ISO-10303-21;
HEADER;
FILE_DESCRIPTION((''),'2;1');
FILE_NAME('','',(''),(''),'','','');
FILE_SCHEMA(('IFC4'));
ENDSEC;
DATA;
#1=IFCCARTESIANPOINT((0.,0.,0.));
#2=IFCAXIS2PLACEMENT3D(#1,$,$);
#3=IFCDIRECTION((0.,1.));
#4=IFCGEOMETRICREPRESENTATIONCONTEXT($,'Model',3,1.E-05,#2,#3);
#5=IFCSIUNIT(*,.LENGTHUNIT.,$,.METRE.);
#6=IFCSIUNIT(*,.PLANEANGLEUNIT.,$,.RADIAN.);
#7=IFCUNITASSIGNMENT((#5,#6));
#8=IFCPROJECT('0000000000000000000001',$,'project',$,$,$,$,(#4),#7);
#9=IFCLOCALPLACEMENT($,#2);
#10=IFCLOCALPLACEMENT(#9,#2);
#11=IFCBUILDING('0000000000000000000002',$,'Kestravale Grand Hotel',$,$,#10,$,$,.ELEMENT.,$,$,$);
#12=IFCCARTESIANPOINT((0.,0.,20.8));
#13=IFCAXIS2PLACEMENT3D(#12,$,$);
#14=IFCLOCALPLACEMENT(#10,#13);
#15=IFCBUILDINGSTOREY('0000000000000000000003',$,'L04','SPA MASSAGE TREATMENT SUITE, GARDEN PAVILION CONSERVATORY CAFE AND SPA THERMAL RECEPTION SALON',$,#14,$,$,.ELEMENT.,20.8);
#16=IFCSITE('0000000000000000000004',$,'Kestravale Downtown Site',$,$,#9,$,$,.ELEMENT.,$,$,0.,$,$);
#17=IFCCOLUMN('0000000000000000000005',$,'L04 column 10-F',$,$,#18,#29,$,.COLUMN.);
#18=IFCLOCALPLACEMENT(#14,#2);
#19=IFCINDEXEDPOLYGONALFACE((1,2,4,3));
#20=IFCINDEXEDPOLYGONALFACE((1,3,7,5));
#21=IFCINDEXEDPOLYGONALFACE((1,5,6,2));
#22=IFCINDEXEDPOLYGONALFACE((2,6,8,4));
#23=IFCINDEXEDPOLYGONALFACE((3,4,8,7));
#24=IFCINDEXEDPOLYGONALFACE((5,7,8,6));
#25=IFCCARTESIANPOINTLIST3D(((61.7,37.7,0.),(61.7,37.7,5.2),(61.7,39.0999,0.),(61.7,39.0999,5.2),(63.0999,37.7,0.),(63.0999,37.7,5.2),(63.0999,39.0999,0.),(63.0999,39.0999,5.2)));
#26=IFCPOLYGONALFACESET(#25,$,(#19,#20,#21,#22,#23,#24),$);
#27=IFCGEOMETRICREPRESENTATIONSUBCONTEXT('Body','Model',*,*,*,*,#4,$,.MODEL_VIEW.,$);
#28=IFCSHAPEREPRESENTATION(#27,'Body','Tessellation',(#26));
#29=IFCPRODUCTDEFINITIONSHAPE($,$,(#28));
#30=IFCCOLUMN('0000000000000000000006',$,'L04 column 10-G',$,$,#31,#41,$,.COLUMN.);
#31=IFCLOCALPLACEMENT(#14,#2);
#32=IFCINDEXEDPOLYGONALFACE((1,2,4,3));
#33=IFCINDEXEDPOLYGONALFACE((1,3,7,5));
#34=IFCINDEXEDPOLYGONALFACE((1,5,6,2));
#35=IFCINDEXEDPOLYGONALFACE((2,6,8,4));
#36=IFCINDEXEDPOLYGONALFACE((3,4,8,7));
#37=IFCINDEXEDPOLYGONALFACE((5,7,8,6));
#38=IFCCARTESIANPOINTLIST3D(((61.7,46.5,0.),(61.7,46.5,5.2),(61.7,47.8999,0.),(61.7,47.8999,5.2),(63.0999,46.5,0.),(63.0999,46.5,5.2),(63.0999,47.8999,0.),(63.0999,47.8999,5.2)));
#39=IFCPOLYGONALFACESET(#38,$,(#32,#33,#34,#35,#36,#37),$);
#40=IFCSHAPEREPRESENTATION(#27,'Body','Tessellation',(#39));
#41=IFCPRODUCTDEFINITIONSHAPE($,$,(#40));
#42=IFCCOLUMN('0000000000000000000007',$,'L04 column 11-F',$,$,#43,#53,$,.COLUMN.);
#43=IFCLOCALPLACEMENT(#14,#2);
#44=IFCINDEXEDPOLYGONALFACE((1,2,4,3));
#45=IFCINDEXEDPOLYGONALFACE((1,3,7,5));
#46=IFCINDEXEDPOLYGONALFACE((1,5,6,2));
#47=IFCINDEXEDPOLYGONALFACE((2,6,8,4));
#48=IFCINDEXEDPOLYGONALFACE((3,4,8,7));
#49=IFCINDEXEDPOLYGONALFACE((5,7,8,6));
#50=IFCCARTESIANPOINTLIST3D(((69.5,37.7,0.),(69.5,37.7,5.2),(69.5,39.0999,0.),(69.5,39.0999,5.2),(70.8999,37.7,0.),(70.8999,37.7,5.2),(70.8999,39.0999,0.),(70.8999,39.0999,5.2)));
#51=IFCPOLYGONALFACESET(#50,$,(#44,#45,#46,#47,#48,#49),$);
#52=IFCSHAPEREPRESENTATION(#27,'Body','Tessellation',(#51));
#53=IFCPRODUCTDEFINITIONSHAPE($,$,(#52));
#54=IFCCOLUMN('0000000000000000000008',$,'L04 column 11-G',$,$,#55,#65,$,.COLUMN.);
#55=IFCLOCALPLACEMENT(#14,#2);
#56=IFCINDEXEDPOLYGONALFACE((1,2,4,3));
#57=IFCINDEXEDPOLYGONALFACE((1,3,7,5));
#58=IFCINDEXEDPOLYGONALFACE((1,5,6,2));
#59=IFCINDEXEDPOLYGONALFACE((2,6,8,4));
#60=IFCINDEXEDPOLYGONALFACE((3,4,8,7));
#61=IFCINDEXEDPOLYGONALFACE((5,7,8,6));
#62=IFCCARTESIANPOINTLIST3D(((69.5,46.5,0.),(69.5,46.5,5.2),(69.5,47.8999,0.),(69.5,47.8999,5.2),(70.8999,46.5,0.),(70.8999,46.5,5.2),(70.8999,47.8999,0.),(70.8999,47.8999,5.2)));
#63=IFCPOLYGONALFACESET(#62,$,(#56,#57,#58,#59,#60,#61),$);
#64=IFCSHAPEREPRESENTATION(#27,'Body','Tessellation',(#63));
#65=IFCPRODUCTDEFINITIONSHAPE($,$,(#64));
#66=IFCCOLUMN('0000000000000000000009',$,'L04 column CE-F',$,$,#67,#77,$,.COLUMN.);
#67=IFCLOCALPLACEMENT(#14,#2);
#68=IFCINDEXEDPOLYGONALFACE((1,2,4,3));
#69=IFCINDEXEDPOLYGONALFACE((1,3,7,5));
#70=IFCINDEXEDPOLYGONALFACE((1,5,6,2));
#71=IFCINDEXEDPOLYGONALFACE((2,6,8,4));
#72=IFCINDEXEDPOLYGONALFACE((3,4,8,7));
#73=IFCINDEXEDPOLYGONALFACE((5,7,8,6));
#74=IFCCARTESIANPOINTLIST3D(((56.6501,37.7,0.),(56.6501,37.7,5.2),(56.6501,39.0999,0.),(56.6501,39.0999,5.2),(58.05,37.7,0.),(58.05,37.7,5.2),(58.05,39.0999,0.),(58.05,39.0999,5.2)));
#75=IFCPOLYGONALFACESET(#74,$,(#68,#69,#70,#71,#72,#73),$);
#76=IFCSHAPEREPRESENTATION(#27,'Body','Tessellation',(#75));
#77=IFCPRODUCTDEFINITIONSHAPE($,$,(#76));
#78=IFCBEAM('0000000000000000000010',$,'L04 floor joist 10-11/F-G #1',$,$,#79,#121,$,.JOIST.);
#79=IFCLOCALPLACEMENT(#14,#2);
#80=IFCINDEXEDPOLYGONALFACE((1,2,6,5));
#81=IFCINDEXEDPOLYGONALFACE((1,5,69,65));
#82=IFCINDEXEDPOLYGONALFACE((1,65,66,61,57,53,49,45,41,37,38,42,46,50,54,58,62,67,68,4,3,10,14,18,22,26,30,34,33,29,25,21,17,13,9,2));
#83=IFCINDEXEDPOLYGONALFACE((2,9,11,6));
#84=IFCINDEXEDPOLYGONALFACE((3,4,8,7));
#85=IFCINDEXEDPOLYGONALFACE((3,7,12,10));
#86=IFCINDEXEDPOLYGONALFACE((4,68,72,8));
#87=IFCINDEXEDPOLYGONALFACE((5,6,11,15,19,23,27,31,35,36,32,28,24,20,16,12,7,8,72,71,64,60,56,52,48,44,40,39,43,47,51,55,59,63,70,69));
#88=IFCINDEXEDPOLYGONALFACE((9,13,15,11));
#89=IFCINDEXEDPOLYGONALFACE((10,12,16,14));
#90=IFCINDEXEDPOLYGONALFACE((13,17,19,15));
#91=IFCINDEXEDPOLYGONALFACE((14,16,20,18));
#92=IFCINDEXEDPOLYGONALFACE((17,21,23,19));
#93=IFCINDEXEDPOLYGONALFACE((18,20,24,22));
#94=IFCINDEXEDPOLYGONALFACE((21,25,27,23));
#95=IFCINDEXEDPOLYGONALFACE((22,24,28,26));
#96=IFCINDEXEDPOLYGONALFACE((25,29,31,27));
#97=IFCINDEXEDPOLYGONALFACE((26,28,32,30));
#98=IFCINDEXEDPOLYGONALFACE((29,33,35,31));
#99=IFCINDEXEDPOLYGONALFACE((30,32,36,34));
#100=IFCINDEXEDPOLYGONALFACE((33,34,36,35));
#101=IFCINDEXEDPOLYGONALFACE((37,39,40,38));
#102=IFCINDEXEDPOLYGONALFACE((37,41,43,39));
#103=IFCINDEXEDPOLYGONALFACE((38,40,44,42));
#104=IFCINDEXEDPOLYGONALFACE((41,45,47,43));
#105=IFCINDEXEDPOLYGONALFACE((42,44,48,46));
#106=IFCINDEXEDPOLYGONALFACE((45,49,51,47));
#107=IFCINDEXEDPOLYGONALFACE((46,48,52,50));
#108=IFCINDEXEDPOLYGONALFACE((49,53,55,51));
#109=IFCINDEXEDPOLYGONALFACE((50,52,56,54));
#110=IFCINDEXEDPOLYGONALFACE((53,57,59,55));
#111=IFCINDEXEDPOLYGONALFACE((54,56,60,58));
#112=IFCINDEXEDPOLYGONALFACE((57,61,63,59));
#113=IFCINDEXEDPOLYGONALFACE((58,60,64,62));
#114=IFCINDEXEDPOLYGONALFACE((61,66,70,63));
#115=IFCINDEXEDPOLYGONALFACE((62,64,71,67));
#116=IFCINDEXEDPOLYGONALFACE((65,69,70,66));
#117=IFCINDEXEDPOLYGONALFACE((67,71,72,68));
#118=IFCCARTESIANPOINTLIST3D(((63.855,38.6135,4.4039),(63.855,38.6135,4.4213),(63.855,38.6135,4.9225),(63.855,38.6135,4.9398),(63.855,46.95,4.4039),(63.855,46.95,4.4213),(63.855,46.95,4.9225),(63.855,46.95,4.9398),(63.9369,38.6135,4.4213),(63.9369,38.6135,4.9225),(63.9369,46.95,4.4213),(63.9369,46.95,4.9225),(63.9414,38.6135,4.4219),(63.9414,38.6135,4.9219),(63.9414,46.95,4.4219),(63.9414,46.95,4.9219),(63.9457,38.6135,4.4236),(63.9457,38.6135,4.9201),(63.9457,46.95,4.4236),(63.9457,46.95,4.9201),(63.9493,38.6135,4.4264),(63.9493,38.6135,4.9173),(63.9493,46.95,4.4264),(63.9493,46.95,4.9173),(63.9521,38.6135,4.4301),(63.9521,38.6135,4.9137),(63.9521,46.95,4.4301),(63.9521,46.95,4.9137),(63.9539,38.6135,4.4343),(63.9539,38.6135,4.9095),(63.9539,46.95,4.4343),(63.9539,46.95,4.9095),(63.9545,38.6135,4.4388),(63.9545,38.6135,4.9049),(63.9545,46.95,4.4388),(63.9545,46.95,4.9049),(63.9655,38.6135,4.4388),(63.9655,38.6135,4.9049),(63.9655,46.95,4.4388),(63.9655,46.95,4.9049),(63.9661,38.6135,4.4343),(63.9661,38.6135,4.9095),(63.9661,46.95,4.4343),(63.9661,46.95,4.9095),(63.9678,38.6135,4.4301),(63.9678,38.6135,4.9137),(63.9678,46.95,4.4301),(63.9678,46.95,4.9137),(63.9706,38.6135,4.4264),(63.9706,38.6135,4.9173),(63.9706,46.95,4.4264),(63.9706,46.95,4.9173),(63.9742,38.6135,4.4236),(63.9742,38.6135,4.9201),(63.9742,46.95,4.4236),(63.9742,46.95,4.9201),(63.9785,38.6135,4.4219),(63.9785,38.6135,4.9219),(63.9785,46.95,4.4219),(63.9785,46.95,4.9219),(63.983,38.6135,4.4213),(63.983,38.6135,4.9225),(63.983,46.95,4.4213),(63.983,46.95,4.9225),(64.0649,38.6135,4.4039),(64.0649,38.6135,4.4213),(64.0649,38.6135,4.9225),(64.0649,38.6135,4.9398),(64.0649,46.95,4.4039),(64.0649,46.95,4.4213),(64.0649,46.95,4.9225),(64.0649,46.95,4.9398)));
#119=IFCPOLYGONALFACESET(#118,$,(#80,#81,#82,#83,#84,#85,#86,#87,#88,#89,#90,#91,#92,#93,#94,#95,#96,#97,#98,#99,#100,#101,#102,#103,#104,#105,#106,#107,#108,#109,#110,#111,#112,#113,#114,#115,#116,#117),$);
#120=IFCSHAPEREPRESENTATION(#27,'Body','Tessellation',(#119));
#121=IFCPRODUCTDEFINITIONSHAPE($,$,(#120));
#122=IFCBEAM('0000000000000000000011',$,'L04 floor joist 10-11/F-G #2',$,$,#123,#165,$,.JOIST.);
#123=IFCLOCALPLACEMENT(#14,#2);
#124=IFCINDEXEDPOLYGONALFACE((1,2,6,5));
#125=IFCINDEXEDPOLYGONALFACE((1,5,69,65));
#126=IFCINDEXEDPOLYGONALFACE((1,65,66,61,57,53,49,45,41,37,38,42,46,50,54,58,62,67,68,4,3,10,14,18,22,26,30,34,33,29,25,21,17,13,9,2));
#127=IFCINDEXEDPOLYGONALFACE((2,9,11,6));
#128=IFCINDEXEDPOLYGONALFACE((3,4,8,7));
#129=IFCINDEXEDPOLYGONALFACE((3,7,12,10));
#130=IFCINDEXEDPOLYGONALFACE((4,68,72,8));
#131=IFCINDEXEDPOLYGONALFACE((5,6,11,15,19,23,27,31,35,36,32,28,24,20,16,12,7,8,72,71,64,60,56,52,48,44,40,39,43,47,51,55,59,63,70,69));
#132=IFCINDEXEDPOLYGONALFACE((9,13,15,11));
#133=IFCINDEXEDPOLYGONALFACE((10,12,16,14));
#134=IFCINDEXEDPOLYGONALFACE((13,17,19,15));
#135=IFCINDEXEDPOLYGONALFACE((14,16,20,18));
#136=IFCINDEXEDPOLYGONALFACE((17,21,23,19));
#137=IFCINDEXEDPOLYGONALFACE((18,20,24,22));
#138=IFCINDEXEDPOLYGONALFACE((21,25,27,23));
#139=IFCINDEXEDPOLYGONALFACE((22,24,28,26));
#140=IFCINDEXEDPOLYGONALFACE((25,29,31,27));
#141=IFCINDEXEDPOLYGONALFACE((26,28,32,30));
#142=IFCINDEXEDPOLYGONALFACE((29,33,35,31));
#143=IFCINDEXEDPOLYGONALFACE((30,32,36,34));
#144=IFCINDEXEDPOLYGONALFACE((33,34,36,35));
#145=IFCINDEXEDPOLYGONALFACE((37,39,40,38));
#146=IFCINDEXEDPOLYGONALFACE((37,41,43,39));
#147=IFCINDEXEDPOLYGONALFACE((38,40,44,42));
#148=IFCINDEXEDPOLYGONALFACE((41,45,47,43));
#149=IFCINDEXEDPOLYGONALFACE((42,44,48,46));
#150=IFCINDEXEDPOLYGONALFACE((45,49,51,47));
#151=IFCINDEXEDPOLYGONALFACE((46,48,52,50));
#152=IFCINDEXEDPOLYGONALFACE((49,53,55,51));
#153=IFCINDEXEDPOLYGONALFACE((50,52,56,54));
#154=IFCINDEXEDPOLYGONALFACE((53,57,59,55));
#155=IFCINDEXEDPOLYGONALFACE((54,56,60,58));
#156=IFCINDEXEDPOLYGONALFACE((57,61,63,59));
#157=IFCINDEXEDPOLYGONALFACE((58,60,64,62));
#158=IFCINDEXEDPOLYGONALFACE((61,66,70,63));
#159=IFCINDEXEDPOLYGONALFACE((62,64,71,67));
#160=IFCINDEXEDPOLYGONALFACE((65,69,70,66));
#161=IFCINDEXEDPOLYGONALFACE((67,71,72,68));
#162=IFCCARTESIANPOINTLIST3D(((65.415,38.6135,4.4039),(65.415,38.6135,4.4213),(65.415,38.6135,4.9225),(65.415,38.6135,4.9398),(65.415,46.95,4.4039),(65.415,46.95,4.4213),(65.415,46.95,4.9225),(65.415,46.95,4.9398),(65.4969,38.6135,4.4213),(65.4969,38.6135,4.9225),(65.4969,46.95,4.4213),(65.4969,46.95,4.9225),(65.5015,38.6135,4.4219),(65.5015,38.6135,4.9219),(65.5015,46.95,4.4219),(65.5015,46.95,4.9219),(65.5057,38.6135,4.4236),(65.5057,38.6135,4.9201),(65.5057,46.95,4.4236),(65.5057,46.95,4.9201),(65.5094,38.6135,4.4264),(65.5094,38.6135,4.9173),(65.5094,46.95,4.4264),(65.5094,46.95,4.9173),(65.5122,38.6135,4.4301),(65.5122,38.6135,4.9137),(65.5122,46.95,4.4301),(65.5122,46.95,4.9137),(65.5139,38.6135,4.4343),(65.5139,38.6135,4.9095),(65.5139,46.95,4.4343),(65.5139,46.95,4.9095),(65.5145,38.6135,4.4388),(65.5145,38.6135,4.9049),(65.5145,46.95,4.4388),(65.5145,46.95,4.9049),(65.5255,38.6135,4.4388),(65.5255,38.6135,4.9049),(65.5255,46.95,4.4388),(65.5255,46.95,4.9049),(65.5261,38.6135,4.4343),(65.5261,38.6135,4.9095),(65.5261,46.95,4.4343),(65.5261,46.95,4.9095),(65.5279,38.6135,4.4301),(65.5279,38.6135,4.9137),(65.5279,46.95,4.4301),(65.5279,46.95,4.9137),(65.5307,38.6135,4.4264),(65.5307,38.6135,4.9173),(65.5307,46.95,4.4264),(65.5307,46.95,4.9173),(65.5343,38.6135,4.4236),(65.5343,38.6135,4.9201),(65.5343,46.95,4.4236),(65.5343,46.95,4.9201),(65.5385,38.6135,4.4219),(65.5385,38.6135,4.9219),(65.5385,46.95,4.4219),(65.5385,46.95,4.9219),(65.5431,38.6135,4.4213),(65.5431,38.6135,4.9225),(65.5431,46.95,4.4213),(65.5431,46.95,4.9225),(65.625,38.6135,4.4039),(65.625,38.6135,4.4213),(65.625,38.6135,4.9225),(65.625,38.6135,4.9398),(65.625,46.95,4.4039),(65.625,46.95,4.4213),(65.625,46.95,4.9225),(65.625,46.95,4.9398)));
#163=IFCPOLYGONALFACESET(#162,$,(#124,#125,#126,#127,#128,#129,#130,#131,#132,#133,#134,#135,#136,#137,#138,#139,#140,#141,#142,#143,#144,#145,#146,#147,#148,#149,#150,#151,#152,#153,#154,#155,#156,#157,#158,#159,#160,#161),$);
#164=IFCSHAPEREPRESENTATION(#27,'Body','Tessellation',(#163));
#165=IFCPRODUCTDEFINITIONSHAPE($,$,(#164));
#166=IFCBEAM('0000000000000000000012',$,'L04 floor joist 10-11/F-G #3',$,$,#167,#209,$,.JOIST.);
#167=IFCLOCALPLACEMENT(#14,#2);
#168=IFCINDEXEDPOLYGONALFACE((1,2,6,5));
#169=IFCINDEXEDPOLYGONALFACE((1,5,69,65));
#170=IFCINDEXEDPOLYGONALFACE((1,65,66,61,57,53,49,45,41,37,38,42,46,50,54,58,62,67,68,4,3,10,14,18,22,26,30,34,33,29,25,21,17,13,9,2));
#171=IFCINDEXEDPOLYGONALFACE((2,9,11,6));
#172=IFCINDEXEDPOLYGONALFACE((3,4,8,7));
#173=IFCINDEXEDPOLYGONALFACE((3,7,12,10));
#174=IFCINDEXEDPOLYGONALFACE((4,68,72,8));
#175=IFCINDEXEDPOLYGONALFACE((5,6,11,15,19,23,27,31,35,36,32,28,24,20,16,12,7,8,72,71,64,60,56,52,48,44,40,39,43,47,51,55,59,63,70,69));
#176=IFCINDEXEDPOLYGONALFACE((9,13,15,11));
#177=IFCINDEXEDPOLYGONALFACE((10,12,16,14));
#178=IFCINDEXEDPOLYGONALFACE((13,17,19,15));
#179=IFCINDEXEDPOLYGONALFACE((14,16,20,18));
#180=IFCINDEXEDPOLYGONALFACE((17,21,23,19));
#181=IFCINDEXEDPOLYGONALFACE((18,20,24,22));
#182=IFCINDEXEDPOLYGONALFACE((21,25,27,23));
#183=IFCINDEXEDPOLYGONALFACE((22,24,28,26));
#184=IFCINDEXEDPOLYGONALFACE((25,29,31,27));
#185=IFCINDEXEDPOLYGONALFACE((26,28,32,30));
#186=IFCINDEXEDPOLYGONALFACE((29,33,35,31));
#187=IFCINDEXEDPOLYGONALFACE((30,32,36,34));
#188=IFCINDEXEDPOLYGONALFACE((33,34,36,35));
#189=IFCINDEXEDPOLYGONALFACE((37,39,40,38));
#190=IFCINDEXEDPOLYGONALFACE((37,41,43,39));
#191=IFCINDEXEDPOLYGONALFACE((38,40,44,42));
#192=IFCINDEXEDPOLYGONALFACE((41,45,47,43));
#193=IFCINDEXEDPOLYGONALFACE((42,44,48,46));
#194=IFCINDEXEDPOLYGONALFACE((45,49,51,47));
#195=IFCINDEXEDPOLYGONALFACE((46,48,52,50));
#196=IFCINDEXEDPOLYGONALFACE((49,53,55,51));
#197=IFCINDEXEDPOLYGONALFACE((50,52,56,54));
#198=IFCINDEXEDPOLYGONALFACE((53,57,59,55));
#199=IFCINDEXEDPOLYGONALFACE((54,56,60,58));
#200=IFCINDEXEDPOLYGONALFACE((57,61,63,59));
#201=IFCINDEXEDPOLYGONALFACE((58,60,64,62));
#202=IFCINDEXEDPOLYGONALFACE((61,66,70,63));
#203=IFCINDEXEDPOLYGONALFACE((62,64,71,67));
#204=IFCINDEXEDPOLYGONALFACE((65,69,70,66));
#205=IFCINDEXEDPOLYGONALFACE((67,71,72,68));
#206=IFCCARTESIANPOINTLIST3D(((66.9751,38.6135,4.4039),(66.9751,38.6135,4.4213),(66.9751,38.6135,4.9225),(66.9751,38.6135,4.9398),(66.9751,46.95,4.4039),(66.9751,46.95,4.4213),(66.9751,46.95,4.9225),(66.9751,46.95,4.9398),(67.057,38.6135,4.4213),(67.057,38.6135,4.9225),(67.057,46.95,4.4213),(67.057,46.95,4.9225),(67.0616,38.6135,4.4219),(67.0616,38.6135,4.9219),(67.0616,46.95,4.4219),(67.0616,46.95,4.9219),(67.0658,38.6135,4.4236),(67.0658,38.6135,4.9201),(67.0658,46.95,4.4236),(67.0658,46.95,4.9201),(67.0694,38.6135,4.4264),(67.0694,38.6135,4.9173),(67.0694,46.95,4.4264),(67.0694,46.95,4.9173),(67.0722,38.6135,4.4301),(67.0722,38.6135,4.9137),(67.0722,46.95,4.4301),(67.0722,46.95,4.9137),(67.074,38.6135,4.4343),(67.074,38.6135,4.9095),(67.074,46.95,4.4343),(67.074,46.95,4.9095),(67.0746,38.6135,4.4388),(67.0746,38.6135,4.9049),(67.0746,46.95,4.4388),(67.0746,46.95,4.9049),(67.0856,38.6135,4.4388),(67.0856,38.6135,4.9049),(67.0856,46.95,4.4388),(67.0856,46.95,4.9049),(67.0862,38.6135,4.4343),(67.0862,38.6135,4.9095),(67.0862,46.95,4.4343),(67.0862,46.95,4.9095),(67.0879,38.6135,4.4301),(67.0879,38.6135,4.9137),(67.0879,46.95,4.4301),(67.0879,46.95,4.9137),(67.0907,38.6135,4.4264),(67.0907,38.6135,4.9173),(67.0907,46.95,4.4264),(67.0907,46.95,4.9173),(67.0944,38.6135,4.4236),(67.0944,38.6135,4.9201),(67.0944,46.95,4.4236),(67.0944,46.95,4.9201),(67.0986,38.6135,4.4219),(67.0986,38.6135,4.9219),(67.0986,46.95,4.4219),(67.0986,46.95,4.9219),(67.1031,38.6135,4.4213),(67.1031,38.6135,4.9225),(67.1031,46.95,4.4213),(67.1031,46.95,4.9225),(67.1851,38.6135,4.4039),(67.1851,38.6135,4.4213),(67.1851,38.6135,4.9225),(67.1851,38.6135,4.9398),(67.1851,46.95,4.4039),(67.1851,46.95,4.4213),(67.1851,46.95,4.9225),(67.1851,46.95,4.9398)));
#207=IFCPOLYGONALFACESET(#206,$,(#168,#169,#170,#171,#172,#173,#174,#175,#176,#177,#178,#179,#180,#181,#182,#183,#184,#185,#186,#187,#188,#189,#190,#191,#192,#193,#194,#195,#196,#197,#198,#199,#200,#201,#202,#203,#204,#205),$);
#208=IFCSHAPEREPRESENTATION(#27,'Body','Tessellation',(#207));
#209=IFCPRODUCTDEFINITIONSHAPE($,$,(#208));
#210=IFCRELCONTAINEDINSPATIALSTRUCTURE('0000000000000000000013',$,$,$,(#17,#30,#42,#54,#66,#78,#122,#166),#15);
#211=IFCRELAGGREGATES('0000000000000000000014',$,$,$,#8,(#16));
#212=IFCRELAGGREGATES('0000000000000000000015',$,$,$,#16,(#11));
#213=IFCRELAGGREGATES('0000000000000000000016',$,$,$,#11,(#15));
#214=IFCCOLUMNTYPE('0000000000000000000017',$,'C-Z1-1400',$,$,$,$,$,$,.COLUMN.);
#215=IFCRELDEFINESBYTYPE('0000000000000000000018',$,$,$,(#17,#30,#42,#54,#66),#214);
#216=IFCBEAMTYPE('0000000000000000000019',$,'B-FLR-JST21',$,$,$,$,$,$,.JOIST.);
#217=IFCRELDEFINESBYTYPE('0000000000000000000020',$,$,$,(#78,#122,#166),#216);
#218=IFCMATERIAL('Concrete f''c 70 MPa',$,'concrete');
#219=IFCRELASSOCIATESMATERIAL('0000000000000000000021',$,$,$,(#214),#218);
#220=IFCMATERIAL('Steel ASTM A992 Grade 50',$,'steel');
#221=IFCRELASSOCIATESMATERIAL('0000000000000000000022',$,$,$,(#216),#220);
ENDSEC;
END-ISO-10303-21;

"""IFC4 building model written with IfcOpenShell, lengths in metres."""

from ifc_helpers import new_model, si_unit, direction, frame, origin, origin_2d, place, context, subcontext, project, spatial, rectangle, i_section, extrude, material, material_profile, profile_set, type_object, element, save


model = new_model("IFC4")

# Units and contexts
model_context = context("Model", 3, precision=1e-05, world=origin(), true_north=direction((0.0, 1.0)))
body_context = subcontext(model_context, "Body", "Model", "MODEL_VIEW")
ifc_project = project(units=[si_unit("LENGTHUNIT", "METRE"), si_unit("PLANEANGLEUNIT", "RADIAN")], contexts=[model_context])

# Site, building, storey
site_placement = place(None, origin())
site = spatial("IfcSite", under=ifc_project, at=site_placement, Name="Kestravale Downtown Site", CompositionType="ELEMENT", RefElevation=0.0)
building_placement = place(site_placement, origin())
building = spatial("IfcBuilding", under=site, at=building_placement, Name="Kestravale Grand Hotel", CompositionType="ELEMENT")
storey_placement = place(building_placement, frame((0.0, 0.0, 20.8)))
storey = spatial("IfcBuildingStorey", under=building, at=storey_placement, Name="L04", Description="SPA MASSAGE TREATMENT SUITE, GARDEN PAVILION CONSERVATORY CAFE AND SPA THERMAL RECEPTION SALON", CompositionType="ELEMENT", Elevation=20.8)

# Columns
ifc_material_1 = material(Name="Concrete f'c 70 MPa", Category="concrete")
ifc_material_profile_1 = material_profile(ifc_material_1, rectangle(XDim=1.3999, YDim=1.3999, at=origin_2d()))
ifc_profile_set_1 = profile_set([ifc_material_profile_1], Name="Concrete f'c 70 MPa")
column_type = type_object("IfcColumnType", Name="C-Z1-1400", PredefinedType="COLUMN", material=ifc_profile_set_1)
for number, where, z_axis, x_axis, name in (
    (1, (62.3999, 38.3999, 0.0), (0.0, 0.0, 1.0), (1.0, 0.0, 0.0), "L04 column 10-F"),
    (2, (62.3999, 47.2, 0.0), (0.0, 0.0, 1.0), (1.0, 0.0, 0.0), "L04 column 10-G"),
    (3, (70.2, 38.3999, 0.0), (0.0, 0.0, 1.0), (1.0, 0.0, 0.0), "L04 column 11-F"),
    (4, (70.2, 47.2, 0.0), (0.0, 0.0, 1.0), (1.0, 0.0, 0.0), "L04 column 11-G"),
    (5, (57.3501, 38.3999, 0.0), (0.0, 0.0, 1.0), (1.0, 0.0, 0.0), "L04 column CE-F"),
):
    element("IfcColumn", number, at=place(storey_placement, frame(where, z_axis=z_axis, x_axis=x_axis)), inside=storey, type_object=column_type, Name=name, PredefinedType="COLUMN", context=body_context, shape_type="SweptSolid", body=[
        extrude(rectangle(XDim=1.3999, YDim=1.3999, at=origin_2d()), origin(), (0.0, 0.0, 1.0), 5.2),
    ])

# Beams
ifc_material_2 = material(Name="Steel ASTM A992 Grade 50", Category="steel")
ifc_material_profile_2 = material_profile(ifc_material_2, i_section(OverallWidth=0.21, OverallDepth=0.5359, WebThickness=0.011, FlangeThickness=0.0173, FilletRadius=0.0176, at=origin_2d()))
ifc_profile_set_2 = profile_set([ifc_material_profile_2], Name="Steel ASTM A992 Grade 50")
beam_type_1 = type_object("IfcBeamType", Name="B-FLR-JST21", PredefinedType="JOIST", material=ifc_profile_set_2)
for number, where, z_axis, x_axis, name in (
    (6, (63.96, 38.6135, 4.6719), (0.0, 1.0, 0.0), (-1.0, 0.0, 0.0), "L04 floor joist 10-11/F-G #1"),
    (7, (65.52, 38.6135, 4.6719), (0.0, 1.0, 0.0), (-1.0, 0.0, 0.0), "L04 floor joist 10-11/F-G #2"),
    (8, (67.0801, 38.6135, 4.6719), (0.0, 1.0, 0.0), (-1.0, 0.0, 0.0), "L04 floor joist 10-11/F-G #3"),
):
    element("IfcBeam", number, at=place(storey_placement, frame(where, z_axis=z_axis, x_axis=x_axis)), inside=storey, type_object=beam_type_1, Name=name, PredefinedType="JOIST", context=body_context, shape_type="SweptSolid", body=[
        extrude(i_section(OverallWidth=0.21, OverallDepth=0.5359, WebThickness=0.011, FlangeThickness=0.0173, FilletRadius=0.0176, at=origin_2d()), origin(), (0.0, 0.0, 1.0), 8.3364),
    ])

save(model, "model.ifc")
